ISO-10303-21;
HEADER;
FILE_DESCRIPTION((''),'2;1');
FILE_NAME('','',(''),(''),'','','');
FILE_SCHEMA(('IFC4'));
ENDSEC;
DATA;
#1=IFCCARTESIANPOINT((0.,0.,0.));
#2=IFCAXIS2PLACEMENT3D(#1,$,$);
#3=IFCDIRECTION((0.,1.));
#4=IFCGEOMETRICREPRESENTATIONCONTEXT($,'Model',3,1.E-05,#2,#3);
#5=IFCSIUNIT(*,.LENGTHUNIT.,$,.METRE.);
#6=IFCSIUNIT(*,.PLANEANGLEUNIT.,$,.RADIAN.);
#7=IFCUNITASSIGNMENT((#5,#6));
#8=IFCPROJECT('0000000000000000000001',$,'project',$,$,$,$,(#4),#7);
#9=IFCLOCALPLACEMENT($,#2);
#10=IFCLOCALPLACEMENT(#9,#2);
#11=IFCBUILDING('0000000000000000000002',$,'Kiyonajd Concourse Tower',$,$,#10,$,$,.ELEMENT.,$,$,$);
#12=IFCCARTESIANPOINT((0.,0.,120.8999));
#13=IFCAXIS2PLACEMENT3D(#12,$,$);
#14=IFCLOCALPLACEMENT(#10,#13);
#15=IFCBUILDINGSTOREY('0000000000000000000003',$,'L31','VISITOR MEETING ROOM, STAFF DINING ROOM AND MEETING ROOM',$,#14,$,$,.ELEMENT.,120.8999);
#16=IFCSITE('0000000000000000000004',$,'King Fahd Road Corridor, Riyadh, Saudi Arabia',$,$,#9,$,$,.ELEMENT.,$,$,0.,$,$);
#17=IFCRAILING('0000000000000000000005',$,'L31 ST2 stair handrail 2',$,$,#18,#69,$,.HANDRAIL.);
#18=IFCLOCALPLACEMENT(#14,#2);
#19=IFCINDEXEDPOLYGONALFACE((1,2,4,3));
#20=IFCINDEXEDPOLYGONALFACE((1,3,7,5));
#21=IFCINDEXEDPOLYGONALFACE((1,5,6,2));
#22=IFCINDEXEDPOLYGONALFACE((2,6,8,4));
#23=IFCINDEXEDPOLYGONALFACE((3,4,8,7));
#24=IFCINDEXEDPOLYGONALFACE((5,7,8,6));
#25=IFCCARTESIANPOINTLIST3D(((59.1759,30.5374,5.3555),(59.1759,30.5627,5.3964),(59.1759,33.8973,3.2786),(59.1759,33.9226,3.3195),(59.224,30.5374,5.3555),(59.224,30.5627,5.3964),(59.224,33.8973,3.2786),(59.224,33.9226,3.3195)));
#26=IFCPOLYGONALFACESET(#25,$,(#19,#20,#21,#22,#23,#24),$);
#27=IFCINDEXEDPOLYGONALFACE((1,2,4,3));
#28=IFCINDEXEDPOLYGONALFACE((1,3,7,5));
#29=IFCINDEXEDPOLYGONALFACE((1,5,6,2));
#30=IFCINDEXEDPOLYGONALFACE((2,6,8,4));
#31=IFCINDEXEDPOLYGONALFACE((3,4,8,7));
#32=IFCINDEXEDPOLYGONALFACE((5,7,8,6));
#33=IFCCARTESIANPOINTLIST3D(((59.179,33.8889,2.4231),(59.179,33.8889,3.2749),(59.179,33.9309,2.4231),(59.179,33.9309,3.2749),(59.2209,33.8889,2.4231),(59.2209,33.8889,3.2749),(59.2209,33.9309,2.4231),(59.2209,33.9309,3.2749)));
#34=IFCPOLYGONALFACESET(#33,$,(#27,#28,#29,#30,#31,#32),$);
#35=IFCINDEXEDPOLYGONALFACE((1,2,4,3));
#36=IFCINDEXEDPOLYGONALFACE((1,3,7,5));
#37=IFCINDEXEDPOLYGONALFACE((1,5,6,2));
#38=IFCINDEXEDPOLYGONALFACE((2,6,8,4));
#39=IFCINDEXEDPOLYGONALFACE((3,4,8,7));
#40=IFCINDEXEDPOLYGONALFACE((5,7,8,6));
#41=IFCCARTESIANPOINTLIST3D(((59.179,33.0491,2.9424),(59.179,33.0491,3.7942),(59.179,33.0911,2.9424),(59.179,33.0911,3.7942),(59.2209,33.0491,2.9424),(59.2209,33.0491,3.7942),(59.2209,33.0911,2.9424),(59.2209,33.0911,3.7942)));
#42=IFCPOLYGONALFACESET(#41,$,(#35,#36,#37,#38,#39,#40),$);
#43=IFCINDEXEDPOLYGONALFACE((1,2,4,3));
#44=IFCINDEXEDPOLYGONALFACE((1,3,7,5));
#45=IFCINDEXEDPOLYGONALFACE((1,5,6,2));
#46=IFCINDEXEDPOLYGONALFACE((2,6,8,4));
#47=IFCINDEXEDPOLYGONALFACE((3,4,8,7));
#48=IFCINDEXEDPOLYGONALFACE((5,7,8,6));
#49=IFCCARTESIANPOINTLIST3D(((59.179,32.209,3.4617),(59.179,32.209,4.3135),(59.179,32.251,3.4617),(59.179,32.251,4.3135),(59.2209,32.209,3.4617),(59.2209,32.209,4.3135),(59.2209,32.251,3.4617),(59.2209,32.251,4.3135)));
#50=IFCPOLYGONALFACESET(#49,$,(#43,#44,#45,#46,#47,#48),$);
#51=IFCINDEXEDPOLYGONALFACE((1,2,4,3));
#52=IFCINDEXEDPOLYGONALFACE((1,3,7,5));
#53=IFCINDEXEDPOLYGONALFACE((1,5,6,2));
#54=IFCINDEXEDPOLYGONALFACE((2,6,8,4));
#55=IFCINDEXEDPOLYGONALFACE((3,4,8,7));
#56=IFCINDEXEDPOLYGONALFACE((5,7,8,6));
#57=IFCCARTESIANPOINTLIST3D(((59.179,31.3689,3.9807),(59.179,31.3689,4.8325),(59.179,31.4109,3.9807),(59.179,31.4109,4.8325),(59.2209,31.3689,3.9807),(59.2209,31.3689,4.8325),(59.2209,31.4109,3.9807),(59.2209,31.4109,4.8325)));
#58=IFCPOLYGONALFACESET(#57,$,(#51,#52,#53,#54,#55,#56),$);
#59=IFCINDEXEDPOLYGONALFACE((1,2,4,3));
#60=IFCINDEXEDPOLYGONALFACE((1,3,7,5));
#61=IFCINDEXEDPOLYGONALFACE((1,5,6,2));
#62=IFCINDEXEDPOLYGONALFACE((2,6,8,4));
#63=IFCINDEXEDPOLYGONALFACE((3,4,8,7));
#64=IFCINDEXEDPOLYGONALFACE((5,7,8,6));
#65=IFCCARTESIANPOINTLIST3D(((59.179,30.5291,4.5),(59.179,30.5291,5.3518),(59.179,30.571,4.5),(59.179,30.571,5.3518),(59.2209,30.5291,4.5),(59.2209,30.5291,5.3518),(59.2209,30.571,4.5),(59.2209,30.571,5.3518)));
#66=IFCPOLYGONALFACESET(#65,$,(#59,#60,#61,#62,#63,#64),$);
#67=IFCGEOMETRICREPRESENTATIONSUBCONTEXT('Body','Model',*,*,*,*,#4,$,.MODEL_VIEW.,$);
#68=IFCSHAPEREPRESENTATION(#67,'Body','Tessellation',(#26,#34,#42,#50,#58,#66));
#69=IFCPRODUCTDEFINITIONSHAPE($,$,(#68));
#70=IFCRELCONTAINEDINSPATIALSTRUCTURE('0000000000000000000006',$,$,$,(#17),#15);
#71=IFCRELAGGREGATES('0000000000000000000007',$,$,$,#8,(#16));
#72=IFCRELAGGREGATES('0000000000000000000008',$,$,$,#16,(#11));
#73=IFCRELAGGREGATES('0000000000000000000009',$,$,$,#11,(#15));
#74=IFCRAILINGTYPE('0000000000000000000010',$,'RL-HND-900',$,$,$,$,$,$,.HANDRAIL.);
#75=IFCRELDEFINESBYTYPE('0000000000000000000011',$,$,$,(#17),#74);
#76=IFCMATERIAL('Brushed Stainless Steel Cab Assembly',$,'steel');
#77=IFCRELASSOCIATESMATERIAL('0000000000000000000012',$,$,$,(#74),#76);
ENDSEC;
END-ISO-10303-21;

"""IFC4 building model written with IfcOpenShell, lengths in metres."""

from ifc_helpers import new_model, si_unit, direction, frame, origin, origin_2d, place, context, subcontext, project, spatial, rectangle, extrude, material, type_object, element, save


model = new_model("IFC4")

# Units and contexts
model_context = context("Model", 3, precision=1e-05, world=origin(), true_north=direction((0.0, 1.0)))
body_context = subcontext(model_context, "Body", "Model", "MODEL_VIEW")
ifc_project = project(units=[si_unit("LENGTHUNIT", "METRE"), si_unit("PLANEANGLEUNIT", "RADIAN")], contexts=[model_context])

# Site, building, storey
site_placement = place(None, origin())
site = spatial("IfcSite", under=ifc_project, at=site_placement, Name="King Fahd Road Corridor, Riyadh, Saudi Arabia", CompositionType="ELEMENT", RefElevation=0.0)
building_placement = place(site_placement, origin())
building = spatial("IfcBuilding", under=site, at=building_placement, Name="Kiyonajd Concourse Tower", CompositionType="ELEMENT")
storey_placement = place(building_placement, frame((0.0, 0.0, 120.8999)))
storey = spatial("IfcBuildingStorey", under=building, at=storey_placement, Name="L31", Description="VISITOR MEETING ROOM, STAFF DINING ROOM AND MEETING ROOM", CompositionType="ELEMENT", Elevation=120.8999)

# Shared definitions
ifc_material_1 = material(Name="Brushed Stainless Steel Cab Assembly", Category="steel")

# Railing
railing_type_1 = type_object("IfcRailingType", Name="RL-HND-900", PredefinedType="HANDRAIL", material=ifc_material_1)
railing_1_placement = place(storey_placement, frame((59.2, 33.9099, 2.4231)))
element("IfcRailing", 1, at=railing_1_placement, inside=storey, type_object=railing_type_1, Name="L31 ST2 stair handrail 2", PredefinedType="HANDRAIL", context=body_context, shape_type="SweptSolid", body=[
    extrude(rectangle(XDim=0.0481, YDim=0.0481, at=origin_2d()), frame((0.0, 0.0, 0.876), z_axis=(0.0, -0.850606, 0.525803), x_axis=(1.0, 0.0, 0.0)), (0.0, 0.0, 1.0), 3.95),
    extrude(rectangle(XDim=0.042, YDim=0.042, at=origin_2d()), origin(), (0.0, 0.0, 1.0), 0.8518),
    extrude(rectangle(XDim=0.042, YDim=0.042, at=origin_2d()), frame((0.0, -0.8398, 0.5193)), (0.0, 0.0, 1.0), 0.8518),
    extrude(rectangle(XDim=0.042, YDim=0.042, at=origin_2d()), frame((0.0, -1.6799, 1.0386)), (0.0, 0.0, 1.0), 0.8518),
    extrude(rectangle(XDim=0.042, YDim=0.042, at=origin_2d()), frame((0.0, -2.52, 1.5576)), (0.0, 0.0, 1.0), 0.8518),
    extrude(rectangle(XDim=0.042, YDim=0.042, at=origin_2d()), frame((0.0, -3.3599, 2.0769)), (0.0, 0.0, 1.0), 0.8518),
])

save(model, "model.ifc")
